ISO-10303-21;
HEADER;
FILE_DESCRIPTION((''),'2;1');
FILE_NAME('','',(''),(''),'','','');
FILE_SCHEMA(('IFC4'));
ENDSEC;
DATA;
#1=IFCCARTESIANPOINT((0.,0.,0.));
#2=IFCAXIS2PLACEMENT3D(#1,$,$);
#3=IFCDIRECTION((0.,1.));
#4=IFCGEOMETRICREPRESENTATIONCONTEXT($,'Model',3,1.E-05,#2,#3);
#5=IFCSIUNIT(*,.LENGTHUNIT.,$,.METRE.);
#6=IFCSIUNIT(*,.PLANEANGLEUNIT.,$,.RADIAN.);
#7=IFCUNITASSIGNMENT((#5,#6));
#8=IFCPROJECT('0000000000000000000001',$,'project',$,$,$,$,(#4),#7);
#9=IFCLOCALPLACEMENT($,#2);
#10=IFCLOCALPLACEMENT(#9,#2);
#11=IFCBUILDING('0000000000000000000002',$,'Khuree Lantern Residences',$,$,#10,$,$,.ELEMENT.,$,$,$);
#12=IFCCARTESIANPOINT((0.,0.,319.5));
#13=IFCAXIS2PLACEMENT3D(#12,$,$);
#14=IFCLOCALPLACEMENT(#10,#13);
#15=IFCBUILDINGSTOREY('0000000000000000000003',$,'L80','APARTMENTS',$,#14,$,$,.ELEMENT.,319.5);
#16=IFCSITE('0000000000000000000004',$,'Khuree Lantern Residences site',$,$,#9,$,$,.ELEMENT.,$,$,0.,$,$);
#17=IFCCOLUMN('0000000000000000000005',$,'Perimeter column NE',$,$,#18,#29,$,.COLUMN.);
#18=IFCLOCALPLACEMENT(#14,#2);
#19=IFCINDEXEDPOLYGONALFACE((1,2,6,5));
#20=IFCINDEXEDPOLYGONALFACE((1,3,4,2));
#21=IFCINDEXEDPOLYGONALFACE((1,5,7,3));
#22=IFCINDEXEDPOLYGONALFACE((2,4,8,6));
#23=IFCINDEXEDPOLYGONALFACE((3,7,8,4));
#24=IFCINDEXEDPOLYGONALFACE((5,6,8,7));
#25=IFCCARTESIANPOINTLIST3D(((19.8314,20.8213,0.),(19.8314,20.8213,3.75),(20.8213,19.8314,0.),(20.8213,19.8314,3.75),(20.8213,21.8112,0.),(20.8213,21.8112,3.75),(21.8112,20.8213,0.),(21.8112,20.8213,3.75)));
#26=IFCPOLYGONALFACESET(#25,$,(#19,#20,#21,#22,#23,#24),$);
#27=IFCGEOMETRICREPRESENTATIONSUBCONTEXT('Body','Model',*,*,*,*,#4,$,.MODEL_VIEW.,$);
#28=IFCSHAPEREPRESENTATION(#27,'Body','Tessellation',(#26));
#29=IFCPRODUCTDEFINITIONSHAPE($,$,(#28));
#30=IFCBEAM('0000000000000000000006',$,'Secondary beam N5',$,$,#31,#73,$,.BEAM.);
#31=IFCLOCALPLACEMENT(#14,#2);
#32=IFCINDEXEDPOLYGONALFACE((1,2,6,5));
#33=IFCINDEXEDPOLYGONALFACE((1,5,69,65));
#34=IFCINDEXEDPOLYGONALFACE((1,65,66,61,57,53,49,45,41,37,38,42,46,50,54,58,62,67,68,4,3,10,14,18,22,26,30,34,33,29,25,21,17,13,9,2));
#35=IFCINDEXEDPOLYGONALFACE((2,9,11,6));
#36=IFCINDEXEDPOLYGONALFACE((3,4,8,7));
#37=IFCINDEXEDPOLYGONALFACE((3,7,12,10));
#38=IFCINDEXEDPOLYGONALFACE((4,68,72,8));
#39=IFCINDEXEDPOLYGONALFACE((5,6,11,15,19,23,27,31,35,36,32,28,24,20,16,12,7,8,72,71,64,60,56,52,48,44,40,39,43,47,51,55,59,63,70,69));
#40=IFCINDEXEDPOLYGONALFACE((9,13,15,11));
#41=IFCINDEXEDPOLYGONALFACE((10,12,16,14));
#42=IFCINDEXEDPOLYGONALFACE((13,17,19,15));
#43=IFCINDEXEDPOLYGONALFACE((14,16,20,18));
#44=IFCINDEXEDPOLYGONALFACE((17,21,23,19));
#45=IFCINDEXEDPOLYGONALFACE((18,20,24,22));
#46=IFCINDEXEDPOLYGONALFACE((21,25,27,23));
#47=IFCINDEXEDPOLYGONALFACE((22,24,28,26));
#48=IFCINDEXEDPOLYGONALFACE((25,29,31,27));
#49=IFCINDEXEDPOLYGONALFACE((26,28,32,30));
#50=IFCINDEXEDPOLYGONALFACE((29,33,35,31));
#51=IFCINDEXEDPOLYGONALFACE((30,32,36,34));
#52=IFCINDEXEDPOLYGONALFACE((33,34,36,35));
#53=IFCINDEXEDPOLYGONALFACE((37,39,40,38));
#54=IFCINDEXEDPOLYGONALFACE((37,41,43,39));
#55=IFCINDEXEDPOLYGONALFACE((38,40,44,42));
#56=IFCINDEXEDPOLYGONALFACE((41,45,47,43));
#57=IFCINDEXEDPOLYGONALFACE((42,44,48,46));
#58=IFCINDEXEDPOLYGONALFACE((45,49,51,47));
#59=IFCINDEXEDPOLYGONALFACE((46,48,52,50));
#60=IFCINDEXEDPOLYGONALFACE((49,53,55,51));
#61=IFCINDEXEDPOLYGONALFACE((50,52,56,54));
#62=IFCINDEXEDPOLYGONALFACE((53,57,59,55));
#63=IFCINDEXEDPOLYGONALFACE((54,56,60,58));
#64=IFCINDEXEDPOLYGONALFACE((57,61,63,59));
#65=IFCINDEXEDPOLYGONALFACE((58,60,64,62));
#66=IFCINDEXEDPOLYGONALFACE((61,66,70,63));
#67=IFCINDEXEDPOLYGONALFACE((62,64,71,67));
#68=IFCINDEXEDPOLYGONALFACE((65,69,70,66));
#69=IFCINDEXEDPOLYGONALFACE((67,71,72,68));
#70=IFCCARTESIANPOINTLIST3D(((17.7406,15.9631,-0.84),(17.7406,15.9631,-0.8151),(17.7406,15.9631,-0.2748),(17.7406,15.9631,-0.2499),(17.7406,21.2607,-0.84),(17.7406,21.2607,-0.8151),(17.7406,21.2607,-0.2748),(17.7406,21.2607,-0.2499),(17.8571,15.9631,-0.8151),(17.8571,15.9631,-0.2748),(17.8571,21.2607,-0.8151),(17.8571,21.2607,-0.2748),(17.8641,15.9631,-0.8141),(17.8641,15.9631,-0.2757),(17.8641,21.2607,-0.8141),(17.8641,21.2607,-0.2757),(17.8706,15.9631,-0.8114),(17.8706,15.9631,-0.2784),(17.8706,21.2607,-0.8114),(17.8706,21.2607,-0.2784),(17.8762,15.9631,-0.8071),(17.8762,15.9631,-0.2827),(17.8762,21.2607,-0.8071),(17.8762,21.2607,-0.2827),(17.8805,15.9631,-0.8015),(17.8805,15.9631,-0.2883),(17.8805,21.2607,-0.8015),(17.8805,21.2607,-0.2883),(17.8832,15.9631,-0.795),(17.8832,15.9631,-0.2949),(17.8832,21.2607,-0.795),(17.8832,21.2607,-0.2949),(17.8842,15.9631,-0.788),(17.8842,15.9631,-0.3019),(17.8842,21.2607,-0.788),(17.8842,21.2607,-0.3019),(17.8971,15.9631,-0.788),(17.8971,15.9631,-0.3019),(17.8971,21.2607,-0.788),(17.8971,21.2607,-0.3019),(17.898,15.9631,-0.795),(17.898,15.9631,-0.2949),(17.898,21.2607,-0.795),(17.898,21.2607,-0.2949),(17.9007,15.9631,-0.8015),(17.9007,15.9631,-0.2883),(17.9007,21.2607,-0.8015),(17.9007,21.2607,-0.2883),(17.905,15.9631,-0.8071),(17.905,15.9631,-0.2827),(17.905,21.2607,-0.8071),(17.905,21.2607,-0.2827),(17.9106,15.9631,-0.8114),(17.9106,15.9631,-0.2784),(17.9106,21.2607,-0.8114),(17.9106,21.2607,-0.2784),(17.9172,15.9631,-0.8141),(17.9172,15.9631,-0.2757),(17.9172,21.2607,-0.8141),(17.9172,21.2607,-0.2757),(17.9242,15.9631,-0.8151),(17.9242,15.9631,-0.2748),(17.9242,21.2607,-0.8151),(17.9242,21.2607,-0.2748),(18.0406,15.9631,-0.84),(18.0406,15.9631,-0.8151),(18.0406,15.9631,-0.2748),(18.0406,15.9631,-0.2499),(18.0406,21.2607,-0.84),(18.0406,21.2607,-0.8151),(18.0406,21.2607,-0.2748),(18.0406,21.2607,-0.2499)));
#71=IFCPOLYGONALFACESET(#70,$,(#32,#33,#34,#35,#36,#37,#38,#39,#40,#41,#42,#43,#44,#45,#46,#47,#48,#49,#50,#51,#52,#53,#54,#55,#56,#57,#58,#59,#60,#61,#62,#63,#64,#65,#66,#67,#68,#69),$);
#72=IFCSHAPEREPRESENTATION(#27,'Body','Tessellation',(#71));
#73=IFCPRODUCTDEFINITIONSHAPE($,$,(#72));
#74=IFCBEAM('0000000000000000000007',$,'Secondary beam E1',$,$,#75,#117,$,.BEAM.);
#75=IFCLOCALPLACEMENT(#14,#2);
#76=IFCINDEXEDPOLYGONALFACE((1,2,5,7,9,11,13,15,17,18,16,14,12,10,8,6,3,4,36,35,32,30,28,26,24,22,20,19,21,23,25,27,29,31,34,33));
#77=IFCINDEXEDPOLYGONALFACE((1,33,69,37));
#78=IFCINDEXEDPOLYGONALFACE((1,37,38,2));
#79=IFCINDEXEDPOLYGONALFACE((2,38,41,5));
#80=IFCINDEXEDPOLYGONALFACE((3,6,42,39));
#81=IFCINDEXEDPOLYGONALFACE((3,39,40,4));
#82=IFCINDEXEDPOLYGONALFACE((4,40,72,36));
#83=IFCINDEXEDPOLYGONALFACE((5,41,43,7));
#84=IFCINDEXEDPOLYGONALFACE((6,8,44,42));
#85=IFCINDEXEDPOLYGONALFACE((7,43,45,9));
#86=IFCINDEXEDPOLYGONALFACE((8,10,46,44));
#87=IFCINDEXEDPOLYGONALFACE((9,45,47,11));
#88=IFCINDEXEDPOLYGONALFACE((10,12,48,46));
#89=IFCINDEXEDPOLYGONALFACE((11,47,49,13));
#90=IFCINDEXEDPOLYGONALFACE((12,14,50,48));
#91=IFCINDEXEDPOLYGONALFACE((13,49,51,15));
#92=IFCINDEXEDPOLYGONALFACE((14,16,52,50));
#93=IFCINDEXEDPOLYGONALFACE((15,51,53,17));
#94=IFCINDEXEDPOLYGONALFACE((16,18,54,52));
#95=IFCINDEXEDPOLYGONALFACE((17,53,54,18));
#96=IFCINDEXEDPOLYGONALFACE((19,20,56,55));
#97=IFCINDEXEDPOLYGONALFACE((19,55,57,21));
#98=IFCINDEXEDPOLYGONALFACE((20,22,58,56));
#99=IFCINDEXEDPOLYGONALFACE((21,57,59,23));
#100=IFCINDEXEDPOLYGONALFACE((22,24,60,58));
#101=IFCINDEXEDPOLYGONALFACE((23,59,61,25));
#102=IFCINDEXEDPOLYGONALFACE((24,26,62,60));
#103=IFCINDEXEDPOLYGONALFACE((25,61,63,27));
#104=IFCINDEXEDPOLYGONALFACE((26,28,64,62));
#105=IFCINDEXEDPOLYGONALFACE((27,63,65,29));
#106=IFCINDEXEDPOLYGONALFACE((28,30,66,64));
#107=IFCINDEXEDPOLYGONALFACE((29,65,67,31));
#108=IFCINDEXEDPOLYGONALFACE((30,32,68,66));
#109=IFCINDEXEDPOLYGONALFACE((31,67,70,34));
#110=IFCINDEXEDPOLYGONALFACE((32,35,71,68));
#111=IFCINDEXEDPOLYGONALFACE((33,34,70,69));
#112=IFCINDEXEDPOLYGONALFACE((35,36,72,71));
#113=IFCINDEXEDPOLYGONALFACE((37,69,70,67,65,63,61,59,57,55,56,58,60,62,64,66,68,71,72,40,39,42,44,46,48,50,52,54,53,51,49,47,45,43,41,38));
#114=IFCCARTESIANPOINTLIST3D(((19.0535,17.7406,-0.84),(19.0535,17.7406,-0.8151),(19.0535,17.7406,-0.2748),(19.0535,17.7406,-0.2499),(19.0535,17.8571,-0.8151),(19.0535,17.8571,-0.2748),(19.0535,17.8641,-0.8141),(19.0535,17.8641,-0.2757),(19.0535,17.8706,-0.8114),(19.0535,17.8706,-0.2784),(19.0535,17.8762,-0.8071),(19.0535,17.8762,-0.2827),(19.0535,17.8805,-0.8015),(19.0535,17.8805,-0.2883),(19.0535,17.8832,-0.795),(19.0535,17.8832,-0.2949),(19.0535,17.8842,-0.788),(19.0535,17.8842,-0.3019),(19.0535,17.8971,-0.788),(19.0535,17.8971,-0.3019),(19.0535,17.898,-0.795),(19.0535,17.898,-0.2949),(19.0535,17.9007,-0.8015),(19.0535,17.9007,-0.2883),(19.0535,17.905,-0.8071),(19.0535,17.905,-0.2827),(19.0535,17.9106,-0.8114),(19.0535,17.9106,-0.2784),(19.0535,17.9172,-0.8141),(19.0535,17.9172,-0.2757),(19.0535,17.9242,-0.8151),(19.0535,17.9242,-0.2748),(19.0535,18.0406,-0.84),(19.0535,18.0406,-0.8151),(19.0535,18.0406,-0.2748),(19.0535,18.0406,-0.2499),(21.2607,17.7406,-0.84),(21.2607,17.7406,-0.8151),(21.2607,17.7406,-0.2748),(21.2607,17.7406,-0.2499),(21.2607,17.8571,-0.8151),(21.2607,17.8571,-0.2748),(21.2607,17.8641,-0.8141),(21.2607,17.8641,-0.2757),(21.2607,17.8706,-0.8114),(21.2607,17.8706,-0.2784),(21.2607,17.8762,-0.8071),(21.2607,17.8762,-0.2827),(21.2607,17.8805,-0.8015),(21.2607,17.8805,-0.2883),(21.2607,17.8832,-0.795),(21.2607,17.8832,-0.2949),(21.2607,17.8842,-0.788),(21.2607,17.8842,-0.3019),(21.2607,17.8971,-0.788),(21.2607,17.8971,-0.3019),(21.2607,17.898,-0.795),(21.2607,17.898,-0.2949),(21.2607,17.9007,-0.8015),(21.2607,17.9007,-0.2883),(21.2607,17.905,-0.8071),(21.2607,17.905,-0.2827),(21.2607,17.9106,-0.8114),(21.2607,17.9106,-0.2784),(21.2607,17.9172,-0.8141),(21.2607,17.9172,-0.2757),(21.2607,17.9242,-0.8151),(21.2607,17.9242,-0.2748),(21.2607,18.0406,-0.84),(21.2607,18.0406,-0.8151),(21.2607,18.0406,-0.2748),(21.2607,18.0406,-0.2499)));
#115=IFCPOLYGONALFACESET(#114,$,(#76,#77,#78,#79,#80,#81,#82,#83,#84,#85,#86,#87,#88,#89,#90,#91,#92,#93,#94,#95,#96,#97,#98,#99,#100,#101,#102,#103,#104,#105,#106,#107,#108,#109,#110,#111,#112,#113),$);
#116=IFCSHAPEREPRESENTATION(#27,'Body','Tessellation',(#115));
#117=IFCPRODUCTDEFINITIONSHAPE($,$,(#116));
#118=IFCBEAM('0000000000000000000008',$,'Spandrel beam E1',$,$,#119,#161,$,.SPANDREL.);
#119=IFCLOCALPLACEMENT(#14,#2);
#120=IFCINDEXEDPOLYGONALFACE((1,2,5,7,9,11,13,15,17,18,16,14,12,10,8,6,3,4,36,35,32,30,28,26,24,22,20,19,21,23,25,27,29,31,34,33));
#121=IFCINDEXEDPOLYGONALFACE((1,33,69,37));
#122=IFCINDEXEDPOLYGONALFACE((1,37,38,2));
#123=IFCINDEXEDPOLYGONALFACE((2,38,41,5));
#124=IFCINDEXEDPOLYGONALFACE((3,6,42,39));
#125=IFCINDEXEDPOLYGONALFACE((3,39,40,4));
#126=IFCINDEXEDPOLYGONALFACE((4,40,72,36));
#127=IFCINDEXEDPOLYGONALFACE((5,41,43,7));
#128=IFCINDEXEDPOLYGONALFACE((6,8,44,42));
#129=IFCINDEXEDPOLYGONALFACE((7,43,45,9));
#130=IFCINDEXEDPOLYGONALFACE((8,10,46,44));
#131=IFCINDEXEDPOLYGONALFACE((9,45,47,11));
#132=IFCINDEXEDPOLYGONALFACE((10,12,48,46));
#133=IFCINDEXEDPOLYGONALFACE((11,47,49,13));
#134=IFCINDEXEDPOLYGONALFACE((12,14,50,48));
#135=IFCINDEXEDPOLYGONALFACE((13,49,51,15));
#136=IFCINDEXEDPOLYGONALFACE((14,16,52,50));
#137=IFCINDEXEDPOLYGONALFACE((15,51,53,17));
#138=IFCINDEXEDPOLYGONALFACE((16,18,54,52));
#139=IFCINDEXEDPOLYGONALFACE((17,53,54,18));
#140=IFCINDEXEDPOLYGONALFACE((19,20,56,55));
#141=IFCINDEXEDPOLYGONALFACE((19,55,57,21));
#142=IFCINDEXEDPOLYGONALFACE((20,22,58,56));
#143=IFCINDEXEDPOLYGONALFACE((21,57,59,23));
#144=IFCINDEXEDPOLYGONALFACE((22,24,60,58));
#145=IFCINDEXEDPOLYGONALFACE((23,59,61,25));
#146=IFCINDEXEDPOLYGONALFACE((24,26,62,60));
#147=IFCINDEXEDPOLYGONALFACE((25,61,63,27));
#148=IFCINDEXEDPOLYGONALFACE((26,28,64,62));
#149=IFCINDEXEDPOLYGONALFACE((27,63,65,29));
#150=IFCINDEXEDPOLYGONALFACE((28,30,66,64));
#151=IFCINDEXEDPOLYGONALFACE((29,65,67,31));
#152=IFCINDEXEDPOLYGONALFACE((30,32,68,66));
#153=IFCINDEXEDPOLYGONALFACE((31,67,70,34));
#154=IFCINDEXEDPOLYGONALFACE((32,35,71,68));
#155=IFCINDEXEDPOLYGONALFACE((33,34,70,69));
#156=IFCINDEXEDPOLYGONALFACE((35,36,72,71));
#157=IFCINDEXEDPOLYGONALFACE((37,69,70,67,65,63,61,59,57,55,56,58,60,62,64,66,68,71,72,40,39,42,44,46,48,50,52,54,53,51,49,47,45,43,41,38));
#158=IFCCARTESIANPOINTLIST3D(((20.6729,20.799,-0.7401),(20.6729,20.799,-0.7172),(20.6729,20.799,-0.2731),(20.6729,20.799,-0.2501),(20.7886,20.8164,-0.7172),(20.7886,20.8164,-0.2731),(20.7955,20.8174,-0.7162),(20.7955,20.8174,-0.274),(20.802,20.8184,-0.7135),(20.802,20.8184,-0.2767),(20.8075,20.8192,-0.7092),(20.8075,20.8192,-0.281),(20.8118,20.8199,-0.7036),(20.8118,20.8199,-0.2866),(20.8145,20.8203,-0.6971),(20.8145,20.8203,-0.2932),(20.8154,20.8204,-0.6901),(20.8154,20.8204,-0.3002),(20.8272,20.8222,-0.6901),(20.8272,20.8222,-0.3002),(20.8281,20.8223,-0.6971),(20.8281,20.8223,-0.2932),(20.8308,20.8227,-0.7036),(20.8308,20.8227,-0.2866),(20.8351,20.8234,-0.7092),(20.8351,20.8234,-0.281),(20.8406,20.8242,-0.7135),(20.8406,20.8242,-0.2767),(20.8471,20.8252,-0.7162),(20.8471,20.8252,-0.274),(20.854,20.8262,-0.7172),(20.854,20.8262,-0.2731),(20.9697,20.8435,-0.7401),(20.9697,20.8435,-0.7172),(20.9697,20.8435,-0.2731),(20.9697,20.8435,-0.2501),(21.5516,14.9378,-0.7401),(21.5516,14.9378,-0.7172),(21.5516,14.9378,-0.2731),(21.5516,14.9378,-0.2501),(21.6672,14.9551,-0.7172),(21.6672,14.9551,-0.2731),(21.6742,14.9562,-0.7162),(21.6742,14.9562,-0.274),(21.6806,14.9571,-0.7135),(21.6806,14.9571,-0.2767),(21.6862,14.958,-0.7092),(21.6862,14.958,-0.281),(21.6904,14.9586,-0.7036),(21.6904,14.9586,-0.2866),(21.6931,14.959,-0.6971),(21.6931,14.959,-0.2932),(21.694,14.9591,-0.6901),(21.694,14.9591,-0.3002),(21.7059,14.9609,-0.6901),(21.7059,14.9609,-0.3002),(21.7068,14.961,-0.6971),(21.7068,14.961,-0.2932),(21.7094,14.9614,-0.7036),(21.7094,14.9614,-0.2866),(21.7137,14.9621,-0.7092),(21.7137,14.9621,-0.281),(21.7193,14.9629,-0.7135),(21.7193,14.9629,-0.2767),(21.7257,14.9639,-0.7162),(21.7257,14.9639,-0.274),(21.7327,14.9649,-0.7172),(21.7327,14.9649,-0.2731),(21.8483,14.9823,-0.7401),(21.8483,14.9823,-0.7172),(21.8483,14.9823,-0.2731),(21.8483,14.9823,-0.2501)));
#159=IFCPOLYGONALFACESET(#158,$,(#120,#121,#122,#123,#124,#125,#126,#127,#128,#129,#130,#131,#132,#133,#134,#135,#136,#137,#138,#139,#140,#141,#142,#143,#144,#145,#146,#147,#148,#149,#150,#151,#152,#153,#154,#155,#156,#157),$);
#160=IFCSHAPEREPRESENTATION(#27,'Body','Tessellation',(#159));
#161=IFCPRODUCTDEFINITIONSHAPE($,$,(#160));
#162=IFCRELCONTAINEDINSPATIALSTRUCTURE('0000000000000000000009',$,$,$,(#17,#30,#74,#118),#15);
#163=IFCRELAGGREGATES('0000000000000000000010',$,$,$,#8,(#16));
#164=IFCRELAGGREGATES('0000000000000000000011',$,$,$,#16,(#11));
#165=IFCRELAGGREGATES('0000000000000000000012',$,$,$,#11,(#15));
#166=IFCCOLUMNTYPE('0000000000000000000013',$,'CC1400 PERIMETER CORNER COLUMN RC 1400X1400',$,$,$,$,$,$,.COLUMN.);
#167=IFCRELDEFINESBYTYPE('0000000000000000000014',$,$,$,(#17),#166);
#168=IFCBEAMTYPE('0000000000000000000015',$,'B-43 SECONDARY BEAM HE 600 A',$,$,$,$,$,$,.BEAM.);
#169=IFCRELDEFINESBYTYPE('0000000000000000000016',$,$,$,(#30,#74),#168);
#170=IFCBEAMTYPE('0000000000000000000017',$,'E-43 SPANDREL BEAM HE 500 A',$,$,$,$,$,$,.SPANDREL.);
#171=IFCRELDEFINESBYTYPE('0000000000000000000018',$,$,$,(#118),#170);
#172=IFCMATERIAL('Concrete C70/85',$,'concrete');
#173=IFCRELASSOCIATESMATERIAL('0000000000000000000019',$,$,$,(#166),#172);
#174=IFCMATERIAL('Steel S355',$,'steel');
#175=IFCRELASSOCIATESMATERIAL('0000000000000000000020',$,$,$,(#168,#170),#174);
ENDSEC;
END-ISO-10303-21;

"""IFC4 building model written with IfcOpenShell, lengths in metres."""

from ifc_helpers import new_model, si_unit, direction, frame, origin, origin_2d, place, context, subcontext, project, spatial, rectangle, i_section, extrude, material, material_profile, profile_set, type_object, element, save


model = new_model("IFC4")

# Units and contexts
model_context = context("Model", 3, precision=1e-05, world=origin(), true_north=direction((0.0, 1.0)))
body_context = subcontext(model_context, "Body", "Model", "MODEL_VIEW")
ifc_project = project(units=[si_unit("LENGTHUNIT", "METRE"), si_unit("PLANEANGLEUNIT", "RADIAN")], contexts=[model_context])

# Site, building, storey
site_placement = place(None, origin())
site = spatial("IfcSite", under=ifc_project, at=site_placement, Name="Khuree Lantern Residences site", CompositionType="ELEMENT", RefElevation=0.0)
building_placement = place(site_placement, origin())
building = spatial("IfcBuilding", under=site, at=building_placement, Name="Khuree Lantern Residences", CompositionType="ELEMENT")
storey_placement = place(building_placement, frame((0.0, 0.0, 319.5)))
storey = spatial("IfcBuildingStorey", under=building, at=storey_placement, Name="L80", Description="APARTMENTS", CompositionType="ELEMENT", Elevation=319.5)

# Column
ifc_material_1 = material(Name="Concrete C70/85", Category="concrete")
ifc_material_profile_1 = material_profile(ifc_material_1, rectangle(XDim=1.3999, YDim=1.3999, at=origin_2d()), Name="RC 1400X1400")
ifc_profile_set_1 = profile_set([ifc_material_profile_1], Name="Concrete C70/85")
column_type = type_object("IfcColumnType", Name="CC1400 PERIMETER CORNER COLUMN RC 1400X1400", PredefinedType="COLUMN", material=ifc_profile_set_1)
column_placement = place(storey_placement, frame((20.8213, 20.8213, 0.0), z_axis=(0.0, 0.0, 1.0), x_axis=(0.707107, -0.707107, 0.0)))
element("IfcColumn", 1, at=column_placement, inside=storey, type_object=column_type, Name="Perimeter column NE", PredefinedType="COLUMN", context=body_context, shape_type="SweptSolid", body=[
    extrude(rectangle(XDim=1.3999, YDim=1.3999, at=origin_2d()), origin(), (0.0, 0.0, 1.0), 3.75),
])

# Beams
ifc_material_2 = material(Name="Steel S355", Category="steel")
ifc_material_profile_2 = material_profile(ifc_material_2, i_section(OverallWidth=0.3, OverallDepth=0.5901, WebThickness=0.0129, FlangeThickness=0.0249, FilletRadius=0.0271, at=origin_2d()), Name="HE 600 A")
ifc_profile_set_2 = profile_set([ifc_material_profile_2], Name="Steel S355")
beam_type_1 = type_object("IfcBeamType", Name="B-43 SECONDARY BEAM HE 600 A", PredefinedType="BEAM", material=ifc_profile_set_2)
beam_1_placement = place(storey_placement, frame((17.8906, 21.2607, -0.5449), z_axis=(0.0, -1.0, 0.0), x_axis=(1.0, 0.0, 0.0)))
element("IfcBeam", 2, at=beam_1_placement, inside=storey, type_object=beam_type_1, Name="Secondary beam N5", PredefinedType="BEAM", context=body_context, shape_type="SweptSolid", body=[
    extrude(i_section(OverallWidth=0.3, OverallDepth=0.5901, WebThickness=0.0129, FlangeThickness=0.0249, FilletRadius=0.0271, at=origin_2d()), origin(), (0.0, 0.0, 1.0), 5.2976),
])
beam_2_placement = place(storey_placement, frame((21.2607, 17.8906, -0.5449), z_axis=(-1.0, 0.0, 0.0), x_axis=(0.0, -1.0, 0.0)))
element("IfcBeam", 3, at=beam_2_placement, inside=storey, type_object=beam_type_1, Name="Secondary beam E1", PredefinedType="BEAM", context=body_context, shape_type="SweptSolid", body=[
    extrude(i_section(OverallWidth=0.3, OverallDepth=0.5901, WebThickness=0.0129, FlangeThickness=0.0249, FilletRadius=0.0271, at=origin_2d()), origin(), (0.0, 0.0, 1.0), 2.2073),
])
ifc_material_profile_3 = material_profile(ifc_material_2, i_section(OverallWidth=0.3, OverallDepth=0.49, WebThickness=0.012, FlangeThickness=0.0229, FilletRadius=0.0271, at=origin_2d()), Name="HE 500 A")
ifc_profile_set_3 = profile_set([ifc_material_profile_3], Name="Steel S355")
beam_type_2 = type_object("IfcBeamType", Name="E-43 SPANDREL BEAM HE 500 A", PredefinedType="SPANDREL", material=ifc_profile_set_3)
beam_3_placement = place(storey_placement, frame((20.8213, 20.8213, -0.4951), z_axis=(0.148252, -0.98895, 0.0), x_axis=(0.98895, 0.148252, 0.0)))
element("IfcBeam", 4, at=beam_3_placement, inside=storey, type_object=beam_type_2, Name="Spandrel beam E1", PredefinedType="SPANDREL", context=body_context, shape_type="SweptSolid", body=[
    extrude(i_section(OverallWidth=0.3, OverallDepth=0.49, WebThickness=0.012, FlangeThickness=0.0229, FilletRadius=0.0271, at=origin_2d()), origin(), (0.0, 0.0, 1.0), 5.9268),
])

save(model, "model.ifc")
